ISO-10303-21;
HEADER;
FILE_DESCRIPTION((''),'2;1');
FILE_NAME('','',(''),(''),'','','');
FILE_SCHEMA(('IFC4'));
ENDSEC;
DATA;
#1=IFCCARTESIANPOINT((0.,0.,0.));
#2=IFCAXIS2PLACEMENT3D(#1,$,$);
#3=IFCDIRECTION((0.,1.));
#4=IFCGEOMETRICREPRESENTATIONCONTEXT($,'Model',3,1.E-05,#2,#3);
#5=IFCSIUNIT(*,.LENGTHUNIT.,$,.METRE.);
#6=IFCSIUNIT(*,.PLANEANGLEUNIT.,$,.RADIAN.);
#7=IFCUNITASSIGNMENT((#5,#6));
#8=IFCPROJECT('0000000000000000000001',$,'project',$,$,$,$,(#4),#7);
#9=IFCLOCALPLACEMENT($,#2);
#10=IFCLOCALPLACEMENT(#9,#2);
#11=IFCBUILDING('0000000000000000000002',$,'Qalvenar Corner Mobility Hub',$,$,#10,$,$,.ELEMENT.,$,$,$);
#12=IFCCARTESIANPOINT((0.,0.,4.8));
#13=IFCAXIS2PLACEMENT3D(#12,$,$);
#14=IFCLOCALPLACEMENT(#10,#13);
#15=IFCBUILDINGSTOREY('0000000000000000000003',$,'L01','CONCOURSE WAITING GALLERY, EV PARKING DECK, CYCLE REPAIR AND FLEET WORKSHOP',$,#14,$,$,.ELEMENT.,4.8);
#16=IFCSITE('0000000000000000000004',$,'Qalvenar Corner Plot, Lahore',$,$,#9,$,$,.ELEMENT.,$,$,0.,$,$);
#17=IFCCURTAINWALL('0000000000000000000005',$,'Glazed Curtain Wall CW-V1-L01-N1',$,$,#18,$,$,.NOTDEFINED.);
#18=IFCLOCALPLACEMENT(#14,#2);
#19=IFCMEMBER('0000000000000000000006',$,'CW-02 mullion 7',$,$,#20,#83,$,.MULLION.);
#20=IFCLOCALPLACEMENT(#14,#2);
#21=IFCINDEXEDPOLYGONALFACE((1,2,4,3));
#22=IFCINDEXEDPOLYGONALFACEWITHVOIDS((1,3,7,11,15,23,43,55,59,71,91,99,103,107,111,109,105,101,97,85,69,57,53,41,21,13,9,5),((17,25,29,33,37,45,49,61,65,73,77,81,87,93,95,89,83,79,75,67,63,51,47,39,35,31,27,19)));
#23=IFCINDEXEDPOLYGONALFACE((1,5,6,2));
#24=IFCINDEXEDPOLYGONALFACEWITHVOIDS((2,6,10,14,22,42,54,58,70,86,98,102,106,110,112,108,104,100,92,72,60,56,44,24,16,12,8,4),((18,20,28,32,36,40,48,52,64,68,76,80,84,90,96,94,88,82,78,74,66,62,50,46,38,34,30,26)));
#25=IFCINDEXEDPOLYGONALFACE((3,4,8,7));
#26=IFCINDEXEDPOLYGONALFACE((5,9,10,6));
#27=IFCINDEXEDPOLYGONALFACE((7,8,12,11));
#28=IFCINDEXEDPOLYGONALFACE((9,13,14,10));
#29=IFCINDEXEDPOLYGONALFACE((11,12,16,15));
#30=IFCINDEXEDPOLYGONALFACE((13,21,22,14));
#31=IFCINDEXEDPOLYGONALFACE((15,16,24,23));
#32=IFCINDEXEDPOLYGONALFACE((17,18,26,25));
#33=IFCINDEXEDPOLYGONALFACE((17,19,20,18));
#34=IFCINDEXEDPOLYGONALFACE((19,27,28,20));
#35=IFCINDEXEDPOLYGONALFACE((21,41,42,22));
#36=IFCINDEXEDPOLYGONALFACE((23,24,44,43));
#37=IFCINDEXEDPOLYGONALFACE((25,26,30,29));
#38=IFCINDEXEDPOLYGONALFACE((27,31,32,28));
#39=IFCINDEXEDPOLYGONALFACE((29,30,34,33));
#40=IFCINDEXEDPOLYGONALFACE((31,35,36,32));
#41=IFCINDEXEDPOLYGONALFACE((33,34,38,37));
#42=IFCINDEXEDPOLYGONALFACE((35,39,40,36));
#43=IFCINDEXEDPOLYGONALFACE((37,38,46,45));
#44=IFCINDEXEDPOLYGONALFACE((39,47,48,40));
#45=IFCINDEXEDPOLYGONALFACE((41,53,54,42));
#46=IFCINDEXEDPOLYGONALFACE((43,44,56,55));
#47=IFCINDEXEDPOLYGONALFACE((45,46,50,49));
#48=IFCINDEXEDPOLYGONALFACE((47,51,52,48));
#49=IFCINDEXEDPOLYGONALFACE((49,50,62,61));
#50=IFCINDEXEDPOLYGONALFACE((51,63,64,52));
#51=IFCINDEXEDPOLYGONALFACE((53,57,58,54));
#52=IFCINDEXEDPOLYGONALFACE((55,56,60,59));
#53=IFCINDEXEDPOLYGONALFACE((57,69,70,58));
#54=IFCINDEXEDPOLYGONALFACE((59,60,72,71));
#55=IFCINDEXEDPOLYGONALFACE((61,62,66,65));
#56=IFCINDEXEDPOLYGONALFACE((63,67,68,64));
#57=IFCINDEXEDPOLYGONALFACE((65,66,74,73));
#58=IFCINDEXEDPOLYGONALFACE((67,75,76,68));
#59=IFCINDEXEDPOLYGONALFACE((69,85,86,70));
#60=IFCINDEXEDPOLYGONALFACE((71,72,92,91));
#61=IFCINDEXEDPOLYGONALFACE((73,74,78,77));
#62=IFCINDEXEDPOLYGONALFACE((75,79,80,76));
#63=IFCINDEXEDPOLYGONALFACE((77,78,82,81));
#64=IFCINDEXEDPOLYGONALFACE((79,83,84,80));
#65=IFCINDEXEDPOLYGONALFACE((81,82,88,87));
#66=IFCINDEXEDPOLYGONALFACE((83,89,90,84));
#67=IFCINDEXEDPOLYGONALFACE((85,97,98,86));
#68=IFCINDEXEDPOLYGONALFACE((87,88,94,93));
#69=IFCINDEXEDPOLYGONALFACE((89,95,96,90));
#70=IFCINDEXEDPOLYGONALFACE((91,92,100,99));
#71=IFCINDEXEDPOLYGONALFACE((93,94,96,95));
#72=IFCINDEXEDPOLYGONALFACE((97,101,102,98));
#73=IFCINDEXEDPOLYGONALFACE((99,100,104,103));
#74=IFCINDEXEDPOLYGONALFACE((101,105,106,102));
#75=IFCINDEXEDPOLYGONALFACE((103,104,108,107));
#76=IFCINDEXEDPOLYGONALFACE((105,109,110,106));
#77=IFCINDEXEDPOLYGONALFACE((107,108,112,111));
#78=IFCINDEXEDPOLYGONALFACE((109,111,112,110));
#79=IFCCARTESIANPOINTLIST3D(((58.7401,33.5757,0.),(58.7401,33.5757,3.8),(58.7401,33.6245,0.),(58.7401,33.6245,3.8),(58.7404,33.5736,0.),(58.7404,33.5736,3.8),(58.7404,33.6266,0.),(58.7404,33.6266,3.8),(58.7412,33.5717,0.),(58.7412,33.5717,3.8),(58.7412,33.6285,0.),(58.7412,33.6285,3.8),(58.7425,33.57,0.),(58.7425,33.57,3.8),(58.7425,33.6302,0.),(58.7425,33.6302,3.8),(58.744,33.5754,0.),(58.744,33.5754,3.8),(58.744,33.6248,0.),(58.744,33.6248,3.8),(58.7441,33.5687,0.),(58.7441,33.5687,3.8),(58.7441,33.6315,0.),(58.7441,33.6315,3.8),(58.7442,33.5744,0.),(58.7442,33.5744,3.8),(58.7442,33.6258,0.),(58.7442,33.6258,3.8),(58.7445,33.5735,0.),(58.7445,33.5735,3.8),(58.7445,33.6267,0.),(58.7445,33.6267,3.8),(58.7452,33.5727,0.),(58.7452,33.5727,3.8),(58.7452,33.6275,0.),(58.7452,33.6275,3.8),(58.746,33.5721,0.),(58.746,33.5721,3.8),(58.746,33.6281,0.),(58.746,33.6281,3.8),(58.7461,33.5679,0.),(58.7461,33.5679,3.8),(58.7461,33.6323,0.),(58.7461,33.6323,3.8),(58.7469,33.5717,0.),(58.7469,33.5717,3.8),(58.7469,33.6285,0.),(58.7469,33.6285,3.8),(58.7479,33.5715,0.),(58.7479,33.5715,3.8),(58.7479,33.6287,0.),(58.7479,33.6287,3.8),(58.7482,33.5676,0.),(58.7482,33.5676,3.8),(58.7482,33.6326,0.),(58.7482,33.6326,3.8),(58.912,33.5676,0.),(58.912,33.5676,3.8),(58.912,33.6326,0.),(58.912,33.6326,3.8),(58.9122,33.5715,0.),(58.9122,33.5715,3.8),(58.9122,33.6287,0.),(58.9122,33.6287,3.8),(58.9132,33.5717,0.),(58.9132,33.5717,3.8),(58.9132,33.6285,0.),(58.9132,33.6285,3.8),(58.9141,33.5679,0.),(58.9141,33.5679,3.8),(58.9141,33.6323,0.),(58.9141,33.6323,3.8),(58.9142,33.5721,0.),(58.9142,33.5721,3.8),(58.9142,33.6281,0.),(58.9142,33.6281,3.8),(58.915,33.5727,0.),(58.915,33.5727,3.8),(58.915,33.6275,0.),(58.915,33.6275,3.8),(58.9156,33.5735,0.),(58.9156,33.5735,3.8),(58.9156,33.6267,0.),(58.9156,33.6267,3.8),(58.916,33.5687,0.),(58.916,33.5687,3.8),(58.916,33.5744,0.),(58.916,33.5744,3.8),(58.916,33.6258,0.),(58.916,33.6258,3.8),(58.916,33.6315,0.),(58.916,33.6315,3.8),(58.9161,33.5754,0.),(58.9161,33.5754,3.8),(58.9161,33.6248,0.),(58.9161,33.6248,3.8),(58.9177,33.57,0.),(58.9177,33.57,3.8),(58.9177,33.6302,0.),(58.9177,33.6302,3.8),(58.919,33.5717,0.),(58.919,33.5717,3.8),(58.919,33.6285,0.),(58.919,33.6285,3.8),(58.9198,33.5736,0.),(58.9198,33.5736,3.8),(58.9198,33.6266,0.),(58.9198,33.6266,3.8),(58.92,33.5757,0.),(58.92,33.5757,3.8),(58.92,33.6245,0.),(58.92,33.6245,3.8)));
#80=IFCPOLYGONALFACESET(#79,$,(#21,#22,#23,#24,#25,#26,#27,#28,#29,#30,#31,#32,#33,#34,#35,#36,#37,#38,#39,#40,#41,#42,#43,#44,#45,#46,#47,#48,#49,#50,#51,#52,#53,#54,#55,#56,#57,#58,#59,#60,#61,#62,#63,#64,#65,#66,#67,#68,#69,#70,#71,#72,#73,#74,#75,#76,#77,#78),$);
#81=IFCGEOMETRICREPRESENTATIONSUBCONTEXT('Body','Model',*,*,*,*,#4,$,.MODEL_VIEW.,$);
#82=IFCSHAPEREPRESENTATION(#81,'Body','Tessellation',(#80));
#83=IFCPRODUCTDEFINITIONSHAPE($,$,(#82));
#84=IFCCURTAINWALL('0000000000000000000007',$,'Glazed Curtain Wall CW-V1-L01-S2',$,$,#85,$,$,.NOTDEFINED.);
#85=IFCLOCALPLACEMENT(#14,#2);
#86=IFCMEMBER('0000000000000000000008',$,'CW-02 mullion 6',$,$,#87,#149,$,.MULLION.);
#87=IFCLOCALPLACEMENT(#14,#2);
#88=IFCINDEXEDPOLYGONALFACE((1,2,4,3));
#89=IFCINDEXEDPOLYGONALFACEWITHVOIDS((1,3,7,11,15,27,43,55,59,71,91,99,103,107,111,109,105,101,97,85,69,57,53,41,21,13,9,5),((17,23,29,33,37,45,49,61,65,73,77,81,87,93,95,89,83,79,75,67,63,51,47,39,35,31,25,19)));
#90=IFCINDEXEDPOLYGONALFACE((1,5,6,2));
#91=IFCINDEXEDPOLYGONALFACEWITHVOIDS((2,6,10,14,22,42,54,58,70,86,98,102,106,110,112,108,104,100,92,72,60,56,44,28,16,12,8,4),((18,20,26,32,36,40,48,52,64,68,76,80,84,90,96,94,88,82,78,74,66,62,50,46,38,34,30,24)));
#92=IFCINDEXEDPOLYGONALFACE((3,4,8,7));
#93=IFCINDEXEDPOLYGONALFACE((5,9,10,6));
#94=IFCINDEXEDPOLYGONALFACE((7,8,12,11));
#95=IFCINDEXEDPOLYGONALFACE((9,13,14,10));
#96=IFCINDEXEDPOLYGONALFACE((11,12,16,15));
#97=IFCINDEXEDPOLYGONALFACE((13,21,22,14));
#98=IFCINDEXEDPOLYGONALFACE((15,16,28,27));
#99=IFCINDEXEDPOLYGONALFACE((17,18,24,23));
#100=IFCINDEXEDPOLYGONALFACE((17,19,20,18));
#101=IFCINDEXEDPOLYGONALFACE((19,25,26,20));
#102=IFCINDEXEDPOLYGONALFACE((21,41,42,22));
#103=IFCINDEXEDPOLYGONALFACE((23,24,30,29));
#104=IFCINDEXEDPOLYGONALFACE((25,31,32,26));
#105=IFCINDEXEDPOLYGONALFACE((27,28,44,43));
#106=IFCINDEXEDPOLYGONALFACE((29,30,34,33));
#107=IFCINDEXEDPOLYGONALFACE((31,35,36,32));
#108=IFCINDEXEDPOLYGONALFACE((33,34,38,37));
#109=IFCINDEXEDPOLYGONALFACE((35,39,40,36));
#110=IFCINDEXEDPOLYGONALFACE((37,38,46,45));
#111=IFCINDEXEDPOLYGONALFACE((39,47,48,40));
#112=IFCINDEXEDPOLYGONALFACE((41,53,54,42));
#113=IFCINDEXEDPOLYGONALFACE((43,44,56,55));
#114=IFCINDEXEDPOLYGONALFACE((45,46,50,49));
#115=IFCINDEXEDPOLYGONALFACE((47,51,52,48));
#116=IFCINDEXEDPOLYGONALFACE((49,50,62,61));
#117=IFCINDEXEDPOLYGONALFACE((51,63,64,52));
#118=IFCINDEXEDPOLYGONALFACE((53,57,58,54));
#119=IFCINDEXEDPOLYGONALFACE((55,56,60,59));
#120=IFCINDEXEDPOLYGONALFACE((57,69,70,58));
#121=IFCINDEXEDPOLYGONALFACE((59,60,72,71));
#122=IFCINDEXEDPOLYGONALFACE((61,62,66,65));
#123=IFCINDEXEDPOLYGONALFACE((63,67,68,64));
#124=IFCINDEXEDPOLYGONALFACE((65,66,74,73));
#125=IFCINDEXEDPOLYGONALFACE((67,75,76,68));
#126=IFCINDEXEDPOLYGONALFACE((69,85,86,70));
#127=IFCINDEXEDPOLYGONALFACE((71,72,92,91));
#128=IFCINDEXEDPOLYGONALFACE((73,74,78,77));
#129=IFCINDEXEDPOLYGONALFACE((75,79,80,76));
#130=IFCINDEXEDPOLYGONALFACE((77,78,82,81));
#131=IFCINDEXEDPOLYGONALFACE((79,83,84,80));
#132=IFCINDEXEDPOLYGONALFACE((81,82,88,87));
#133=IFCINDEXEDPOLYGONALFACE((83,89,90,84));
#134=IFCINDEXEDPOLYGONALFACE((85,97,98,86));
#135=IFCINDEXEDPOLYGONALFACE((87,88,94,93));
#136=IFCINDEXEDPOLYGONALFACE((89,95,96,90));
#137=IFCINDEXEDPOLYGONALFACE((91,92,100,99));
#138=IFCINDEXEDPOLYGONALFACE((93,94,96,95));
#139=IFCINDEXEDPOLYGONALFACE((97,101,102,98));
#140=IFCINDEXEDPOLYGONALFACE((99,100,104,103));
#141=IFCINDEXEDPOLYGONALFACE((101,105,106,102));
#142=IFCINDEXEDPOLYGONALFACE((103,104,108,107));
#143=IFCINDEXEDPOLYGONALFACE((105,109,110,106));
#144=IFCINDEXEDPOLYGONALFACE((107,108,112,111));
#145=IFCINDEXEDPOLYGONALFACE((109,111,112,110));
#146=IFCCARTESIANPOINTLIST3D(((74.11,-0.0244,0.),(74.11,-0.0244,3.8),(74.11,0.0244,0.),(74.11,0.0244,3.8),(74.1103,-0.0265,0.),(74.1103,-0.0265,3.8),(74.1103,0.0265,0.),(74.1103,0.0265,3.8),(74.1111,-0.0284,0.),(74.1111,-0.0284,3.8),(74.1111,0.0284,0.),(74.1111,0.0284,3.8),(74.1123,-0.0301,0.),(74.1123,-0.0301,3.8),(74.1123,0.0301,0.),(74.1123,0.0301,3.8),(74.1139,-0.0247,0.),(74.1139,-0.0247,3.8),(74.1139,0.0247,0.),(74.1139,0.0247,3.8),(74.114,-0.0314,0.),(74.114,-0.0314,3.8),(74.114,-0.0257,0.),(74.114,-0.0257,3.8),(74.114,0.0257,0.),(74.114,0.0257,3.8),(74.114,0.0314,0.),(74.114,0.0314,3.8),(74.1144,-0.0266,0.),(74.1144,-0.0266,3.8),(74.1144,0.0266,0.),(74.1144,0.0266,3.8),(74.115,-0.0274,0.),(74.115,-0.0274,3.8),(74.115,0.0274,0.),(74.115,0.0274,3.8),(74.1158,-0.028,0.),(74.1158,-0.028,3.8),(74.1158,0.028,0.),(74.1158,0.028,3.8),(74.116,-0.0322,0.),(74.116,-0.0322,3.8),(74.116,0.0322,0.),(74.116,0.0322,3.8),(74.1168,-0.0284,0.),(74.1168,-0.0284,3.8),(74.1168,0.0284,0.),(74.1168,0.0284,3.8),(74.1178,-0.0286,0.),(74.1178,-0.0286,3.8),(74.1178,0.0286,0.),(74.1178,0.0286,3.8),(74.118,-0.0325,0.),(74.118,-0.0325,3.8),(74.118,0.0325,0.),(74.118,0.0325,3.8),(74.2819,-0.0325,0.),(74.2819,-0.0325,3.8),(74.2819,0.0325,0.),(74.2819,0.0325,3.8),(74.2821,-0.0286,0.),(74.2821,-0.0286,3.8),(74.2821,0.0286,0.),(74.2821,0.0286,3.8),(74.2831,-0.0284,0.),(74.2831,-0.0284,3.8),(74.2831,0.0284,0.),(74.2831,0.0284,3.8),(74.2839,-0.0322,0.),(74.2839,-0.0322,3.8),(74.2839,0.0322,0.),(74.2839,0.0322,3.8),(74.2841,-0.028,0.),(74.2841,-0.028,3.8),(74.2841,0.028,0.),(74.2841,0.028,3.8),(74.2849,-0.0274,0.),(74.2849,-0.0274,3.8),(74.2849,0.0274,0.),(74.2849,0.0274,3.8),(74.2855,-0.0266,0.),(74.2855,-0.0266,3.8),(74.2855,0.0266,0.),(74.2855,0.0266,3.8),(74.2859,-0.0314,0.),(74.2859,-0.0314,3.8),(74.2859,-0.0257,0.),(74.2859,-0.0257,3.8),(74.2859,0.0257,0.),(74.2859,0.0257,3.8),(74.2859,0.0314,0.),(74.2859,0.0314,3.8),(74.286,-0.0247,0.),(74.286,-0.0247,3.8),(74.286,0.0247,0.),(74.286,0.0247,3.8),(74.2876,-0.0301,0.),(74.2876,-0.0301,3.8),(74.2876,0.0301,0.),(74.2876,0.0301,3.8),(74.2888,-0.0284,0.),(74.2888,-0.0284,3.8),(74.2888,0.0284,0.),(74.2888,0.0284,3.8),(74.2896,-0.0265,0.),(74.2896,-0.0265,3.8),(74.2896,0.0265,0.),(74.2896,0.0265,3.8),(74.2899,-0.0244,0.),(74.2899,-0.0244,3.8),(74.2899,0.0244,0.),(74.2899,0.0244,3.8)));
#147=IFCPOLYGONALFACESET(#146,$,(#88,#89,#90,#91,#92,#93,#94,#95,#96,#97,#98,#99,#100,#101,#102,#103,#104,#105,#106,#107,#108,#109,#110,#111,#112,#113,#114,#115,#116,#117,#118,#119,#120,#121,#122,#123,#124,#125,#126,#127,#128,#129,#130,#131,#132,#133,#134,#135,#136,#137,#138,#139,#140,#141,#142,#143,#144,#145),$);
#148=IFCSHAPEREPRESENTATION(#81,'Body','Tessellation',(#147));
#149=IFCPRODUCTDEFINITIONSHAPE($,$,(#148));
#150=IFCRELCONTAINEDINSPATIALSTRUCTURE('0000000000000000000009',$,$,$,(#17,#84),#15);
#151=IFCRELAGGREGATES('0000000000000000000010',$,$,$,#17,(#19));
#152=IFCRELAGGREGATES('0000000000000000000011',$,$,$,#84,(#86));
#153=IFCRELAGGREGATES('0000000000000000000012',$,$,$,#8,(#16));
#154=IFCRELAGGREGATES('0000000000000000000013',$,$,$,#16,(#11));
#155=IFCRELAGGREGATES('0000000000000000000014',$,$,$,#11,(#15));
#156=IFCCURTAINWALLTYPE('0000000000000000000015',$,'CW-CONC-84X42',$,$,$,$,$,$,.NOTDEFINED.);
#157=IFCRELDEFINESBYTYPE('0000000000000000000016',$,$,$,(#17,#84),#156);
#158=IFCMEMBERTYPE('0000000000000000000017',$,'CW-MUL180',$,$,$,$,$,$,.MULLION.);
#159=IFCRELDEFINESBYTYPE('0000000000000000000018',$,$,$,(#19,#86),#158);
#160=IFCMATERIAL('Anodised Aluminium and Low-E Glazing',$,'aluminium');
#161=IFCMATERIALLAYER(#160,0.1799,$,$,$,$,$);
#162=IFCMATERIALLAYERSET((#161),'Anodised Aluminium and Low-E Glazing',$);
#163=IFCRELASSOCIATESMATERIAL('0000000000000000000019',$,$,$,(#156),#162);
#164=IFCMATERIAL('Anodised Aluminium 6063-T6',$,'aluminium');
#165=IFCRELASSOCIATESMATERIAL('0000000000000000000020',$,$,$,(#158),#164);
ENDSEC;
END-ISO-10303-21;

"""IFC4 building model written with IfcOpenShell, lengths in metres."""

from ifc_helpers import new_model, si_unit, direction, frame, origin, origin_2d, place, context, subcontext, project, spatial, hollow_rectangle, extrude, material, layer, layer_set, material_profile, profile_set, type_object, element, aggregate, save


model = new_model("IFC4")

# Units and contexts
model_context = context("Model", 3, precision=1e-05, world=origin(), true_north=direction((0.0, 1.0)))
body_context = subcontext(model_context, "Body", "Model", "MODEL_VIEW")
ifc_project = project(units=[si_unit("LENGTHUNIT", "METRE"), si_unit("PLANEANGLEUNIT", "RADIAN")], contexts=[model_context])

# Site, building, storey
site_placement = place(None, origin())
site = spatial("IfcSite", under=ifc_project, at=site_placement, Name="Qalvenar Corner Plot, Lahore", CompositionType="ELEMENT", RefElevation=0.0)
building_placement = place(site_placement, origin())
building = spatial("IfcBuilding", under=site, at=building_placement, Name="Qalvenar Corner Mobility Hub", CompositionType="ELEMENT")
storey_placement = place(building_placement, frame((0.0, 0.0, 4.8)))
storey = spatial("IfcBuildingStorey", under=building, at=storey_placement, Name="L01", Description="CONCOURSE WAITING GALLERY, EV PARKING DECK, CYCLE REPAIR AND FLEET WORKSHOP", CompositionType="ELEMENT", Elevation=4.8)

# Curtain wall, member
ifc_material_1 = material(Name="Anodised Aluminium and Low-E Glazing", Category="aluminium")
ifc_layer_1 = layer(ifc_material_1, 0.1799)
ifc_layer_set_1 = layer_set([ifc_layer_1], Name="Anodised Aluminium and Low-E Glazing")
curtain_wall_type = type_object("IfcCurtainWallType", Name="CW-CONC-84X42", PredefinedType="NOTDEFINED", material=ifc_layer_set_1)
curtain_wall_1_placement = place(storey_placement, origin())
curtain_wall_1 = element("IfcCurtainWall", 1, at=curtain_wall_1_placement, inside=storey, type_object=curtain_wall_type, Name="Glazed Curtain Wall CW-V1-L01-N1", PredefinedType="NOTDEFINED")
ifc_material_2 = material(Name="Anodised Aluminium 6063-T6", Category="aluminium")
ifc_material_profile_1 = material_profile(ifc_material_2, hollow_rectangle(XDim=0.0649, YDim=0.1799, WallThickness=0.0039, InnerFilletRadius=0.0039, OuterFilletRadius=0.0081, at=origin_2d()), Name="RHS180x65x4")
ifc_profile_set_1 = profile_set([ifc_material_profile_1], Name="Anodised Aluminium 6063-T6")
member_type_1 = type_object("IfcMemberType", Name="CW-MUL180", PredefinedType="MULLION", material=ifc_profile_set_1)
member_1_placement = place(storey_placement, frame((58.8301, 33.6001, 0.0), z_axis=(0.0, 0.0, 1.0), x_axis=(0.0, -1.0, 0.0)))
member_1 = element("IfcMember", 2, at=member_1_placement, type_object=member_type_1, Name="CW-02 mullion 7", PredefinedType="MULLION", context=body_context, shape_type="SweptSolid", body=[
    extrude(hollow_rectangle(XDim=0.0649, YDim=0.1799, WallThickness=0.0039, InnerFilletRadius=0.0039, OuterFilletRadius=0.0081, at=origin_2d()), origin(), (0.0, 0.0, 1.0), 3.8),
])
aggregate(curtain_wall_1, [member_1])

# Curtain wall, member
curtain_wall_2_placement = place(storey_placement, origin())
curtain_wall_2 = element("IfcCurtainWall", 3, at=curtain_wall_2_placement, inside=storey, type_object=curtain_wall_type, Name="Glazed Curtain Wall CW-V1-L01-S2", PredefinedType="NOTDEFINED")
member_2_placement = place(storey_placement, frame((74.2, 0.0, 0.0), z_axis=(0.0, 0.0, 1.0), x_axis=(0.0, 1.0, 0.0)))
member_2 = element("IfcMember", 4, at=member_2_placement, type_object=member_type_1, Name="CW-02 mullion 6", PredefinedType="MULLION", context=body_context, shape_type="SweptSolid", body=[
    extrude(hollow_rectangle(XDim=0.0649, YDim=0.1799, WallThickness=0.0039, InnerFilletRadius=0.0039, OuterFilletRadius=0.0081, at=origin_2d()), origin(), (0.0, 0.0, 1.0), 3.8),
])

aggregate(curtain_wall_2, [member_2])

save(model, "model.ifc")
